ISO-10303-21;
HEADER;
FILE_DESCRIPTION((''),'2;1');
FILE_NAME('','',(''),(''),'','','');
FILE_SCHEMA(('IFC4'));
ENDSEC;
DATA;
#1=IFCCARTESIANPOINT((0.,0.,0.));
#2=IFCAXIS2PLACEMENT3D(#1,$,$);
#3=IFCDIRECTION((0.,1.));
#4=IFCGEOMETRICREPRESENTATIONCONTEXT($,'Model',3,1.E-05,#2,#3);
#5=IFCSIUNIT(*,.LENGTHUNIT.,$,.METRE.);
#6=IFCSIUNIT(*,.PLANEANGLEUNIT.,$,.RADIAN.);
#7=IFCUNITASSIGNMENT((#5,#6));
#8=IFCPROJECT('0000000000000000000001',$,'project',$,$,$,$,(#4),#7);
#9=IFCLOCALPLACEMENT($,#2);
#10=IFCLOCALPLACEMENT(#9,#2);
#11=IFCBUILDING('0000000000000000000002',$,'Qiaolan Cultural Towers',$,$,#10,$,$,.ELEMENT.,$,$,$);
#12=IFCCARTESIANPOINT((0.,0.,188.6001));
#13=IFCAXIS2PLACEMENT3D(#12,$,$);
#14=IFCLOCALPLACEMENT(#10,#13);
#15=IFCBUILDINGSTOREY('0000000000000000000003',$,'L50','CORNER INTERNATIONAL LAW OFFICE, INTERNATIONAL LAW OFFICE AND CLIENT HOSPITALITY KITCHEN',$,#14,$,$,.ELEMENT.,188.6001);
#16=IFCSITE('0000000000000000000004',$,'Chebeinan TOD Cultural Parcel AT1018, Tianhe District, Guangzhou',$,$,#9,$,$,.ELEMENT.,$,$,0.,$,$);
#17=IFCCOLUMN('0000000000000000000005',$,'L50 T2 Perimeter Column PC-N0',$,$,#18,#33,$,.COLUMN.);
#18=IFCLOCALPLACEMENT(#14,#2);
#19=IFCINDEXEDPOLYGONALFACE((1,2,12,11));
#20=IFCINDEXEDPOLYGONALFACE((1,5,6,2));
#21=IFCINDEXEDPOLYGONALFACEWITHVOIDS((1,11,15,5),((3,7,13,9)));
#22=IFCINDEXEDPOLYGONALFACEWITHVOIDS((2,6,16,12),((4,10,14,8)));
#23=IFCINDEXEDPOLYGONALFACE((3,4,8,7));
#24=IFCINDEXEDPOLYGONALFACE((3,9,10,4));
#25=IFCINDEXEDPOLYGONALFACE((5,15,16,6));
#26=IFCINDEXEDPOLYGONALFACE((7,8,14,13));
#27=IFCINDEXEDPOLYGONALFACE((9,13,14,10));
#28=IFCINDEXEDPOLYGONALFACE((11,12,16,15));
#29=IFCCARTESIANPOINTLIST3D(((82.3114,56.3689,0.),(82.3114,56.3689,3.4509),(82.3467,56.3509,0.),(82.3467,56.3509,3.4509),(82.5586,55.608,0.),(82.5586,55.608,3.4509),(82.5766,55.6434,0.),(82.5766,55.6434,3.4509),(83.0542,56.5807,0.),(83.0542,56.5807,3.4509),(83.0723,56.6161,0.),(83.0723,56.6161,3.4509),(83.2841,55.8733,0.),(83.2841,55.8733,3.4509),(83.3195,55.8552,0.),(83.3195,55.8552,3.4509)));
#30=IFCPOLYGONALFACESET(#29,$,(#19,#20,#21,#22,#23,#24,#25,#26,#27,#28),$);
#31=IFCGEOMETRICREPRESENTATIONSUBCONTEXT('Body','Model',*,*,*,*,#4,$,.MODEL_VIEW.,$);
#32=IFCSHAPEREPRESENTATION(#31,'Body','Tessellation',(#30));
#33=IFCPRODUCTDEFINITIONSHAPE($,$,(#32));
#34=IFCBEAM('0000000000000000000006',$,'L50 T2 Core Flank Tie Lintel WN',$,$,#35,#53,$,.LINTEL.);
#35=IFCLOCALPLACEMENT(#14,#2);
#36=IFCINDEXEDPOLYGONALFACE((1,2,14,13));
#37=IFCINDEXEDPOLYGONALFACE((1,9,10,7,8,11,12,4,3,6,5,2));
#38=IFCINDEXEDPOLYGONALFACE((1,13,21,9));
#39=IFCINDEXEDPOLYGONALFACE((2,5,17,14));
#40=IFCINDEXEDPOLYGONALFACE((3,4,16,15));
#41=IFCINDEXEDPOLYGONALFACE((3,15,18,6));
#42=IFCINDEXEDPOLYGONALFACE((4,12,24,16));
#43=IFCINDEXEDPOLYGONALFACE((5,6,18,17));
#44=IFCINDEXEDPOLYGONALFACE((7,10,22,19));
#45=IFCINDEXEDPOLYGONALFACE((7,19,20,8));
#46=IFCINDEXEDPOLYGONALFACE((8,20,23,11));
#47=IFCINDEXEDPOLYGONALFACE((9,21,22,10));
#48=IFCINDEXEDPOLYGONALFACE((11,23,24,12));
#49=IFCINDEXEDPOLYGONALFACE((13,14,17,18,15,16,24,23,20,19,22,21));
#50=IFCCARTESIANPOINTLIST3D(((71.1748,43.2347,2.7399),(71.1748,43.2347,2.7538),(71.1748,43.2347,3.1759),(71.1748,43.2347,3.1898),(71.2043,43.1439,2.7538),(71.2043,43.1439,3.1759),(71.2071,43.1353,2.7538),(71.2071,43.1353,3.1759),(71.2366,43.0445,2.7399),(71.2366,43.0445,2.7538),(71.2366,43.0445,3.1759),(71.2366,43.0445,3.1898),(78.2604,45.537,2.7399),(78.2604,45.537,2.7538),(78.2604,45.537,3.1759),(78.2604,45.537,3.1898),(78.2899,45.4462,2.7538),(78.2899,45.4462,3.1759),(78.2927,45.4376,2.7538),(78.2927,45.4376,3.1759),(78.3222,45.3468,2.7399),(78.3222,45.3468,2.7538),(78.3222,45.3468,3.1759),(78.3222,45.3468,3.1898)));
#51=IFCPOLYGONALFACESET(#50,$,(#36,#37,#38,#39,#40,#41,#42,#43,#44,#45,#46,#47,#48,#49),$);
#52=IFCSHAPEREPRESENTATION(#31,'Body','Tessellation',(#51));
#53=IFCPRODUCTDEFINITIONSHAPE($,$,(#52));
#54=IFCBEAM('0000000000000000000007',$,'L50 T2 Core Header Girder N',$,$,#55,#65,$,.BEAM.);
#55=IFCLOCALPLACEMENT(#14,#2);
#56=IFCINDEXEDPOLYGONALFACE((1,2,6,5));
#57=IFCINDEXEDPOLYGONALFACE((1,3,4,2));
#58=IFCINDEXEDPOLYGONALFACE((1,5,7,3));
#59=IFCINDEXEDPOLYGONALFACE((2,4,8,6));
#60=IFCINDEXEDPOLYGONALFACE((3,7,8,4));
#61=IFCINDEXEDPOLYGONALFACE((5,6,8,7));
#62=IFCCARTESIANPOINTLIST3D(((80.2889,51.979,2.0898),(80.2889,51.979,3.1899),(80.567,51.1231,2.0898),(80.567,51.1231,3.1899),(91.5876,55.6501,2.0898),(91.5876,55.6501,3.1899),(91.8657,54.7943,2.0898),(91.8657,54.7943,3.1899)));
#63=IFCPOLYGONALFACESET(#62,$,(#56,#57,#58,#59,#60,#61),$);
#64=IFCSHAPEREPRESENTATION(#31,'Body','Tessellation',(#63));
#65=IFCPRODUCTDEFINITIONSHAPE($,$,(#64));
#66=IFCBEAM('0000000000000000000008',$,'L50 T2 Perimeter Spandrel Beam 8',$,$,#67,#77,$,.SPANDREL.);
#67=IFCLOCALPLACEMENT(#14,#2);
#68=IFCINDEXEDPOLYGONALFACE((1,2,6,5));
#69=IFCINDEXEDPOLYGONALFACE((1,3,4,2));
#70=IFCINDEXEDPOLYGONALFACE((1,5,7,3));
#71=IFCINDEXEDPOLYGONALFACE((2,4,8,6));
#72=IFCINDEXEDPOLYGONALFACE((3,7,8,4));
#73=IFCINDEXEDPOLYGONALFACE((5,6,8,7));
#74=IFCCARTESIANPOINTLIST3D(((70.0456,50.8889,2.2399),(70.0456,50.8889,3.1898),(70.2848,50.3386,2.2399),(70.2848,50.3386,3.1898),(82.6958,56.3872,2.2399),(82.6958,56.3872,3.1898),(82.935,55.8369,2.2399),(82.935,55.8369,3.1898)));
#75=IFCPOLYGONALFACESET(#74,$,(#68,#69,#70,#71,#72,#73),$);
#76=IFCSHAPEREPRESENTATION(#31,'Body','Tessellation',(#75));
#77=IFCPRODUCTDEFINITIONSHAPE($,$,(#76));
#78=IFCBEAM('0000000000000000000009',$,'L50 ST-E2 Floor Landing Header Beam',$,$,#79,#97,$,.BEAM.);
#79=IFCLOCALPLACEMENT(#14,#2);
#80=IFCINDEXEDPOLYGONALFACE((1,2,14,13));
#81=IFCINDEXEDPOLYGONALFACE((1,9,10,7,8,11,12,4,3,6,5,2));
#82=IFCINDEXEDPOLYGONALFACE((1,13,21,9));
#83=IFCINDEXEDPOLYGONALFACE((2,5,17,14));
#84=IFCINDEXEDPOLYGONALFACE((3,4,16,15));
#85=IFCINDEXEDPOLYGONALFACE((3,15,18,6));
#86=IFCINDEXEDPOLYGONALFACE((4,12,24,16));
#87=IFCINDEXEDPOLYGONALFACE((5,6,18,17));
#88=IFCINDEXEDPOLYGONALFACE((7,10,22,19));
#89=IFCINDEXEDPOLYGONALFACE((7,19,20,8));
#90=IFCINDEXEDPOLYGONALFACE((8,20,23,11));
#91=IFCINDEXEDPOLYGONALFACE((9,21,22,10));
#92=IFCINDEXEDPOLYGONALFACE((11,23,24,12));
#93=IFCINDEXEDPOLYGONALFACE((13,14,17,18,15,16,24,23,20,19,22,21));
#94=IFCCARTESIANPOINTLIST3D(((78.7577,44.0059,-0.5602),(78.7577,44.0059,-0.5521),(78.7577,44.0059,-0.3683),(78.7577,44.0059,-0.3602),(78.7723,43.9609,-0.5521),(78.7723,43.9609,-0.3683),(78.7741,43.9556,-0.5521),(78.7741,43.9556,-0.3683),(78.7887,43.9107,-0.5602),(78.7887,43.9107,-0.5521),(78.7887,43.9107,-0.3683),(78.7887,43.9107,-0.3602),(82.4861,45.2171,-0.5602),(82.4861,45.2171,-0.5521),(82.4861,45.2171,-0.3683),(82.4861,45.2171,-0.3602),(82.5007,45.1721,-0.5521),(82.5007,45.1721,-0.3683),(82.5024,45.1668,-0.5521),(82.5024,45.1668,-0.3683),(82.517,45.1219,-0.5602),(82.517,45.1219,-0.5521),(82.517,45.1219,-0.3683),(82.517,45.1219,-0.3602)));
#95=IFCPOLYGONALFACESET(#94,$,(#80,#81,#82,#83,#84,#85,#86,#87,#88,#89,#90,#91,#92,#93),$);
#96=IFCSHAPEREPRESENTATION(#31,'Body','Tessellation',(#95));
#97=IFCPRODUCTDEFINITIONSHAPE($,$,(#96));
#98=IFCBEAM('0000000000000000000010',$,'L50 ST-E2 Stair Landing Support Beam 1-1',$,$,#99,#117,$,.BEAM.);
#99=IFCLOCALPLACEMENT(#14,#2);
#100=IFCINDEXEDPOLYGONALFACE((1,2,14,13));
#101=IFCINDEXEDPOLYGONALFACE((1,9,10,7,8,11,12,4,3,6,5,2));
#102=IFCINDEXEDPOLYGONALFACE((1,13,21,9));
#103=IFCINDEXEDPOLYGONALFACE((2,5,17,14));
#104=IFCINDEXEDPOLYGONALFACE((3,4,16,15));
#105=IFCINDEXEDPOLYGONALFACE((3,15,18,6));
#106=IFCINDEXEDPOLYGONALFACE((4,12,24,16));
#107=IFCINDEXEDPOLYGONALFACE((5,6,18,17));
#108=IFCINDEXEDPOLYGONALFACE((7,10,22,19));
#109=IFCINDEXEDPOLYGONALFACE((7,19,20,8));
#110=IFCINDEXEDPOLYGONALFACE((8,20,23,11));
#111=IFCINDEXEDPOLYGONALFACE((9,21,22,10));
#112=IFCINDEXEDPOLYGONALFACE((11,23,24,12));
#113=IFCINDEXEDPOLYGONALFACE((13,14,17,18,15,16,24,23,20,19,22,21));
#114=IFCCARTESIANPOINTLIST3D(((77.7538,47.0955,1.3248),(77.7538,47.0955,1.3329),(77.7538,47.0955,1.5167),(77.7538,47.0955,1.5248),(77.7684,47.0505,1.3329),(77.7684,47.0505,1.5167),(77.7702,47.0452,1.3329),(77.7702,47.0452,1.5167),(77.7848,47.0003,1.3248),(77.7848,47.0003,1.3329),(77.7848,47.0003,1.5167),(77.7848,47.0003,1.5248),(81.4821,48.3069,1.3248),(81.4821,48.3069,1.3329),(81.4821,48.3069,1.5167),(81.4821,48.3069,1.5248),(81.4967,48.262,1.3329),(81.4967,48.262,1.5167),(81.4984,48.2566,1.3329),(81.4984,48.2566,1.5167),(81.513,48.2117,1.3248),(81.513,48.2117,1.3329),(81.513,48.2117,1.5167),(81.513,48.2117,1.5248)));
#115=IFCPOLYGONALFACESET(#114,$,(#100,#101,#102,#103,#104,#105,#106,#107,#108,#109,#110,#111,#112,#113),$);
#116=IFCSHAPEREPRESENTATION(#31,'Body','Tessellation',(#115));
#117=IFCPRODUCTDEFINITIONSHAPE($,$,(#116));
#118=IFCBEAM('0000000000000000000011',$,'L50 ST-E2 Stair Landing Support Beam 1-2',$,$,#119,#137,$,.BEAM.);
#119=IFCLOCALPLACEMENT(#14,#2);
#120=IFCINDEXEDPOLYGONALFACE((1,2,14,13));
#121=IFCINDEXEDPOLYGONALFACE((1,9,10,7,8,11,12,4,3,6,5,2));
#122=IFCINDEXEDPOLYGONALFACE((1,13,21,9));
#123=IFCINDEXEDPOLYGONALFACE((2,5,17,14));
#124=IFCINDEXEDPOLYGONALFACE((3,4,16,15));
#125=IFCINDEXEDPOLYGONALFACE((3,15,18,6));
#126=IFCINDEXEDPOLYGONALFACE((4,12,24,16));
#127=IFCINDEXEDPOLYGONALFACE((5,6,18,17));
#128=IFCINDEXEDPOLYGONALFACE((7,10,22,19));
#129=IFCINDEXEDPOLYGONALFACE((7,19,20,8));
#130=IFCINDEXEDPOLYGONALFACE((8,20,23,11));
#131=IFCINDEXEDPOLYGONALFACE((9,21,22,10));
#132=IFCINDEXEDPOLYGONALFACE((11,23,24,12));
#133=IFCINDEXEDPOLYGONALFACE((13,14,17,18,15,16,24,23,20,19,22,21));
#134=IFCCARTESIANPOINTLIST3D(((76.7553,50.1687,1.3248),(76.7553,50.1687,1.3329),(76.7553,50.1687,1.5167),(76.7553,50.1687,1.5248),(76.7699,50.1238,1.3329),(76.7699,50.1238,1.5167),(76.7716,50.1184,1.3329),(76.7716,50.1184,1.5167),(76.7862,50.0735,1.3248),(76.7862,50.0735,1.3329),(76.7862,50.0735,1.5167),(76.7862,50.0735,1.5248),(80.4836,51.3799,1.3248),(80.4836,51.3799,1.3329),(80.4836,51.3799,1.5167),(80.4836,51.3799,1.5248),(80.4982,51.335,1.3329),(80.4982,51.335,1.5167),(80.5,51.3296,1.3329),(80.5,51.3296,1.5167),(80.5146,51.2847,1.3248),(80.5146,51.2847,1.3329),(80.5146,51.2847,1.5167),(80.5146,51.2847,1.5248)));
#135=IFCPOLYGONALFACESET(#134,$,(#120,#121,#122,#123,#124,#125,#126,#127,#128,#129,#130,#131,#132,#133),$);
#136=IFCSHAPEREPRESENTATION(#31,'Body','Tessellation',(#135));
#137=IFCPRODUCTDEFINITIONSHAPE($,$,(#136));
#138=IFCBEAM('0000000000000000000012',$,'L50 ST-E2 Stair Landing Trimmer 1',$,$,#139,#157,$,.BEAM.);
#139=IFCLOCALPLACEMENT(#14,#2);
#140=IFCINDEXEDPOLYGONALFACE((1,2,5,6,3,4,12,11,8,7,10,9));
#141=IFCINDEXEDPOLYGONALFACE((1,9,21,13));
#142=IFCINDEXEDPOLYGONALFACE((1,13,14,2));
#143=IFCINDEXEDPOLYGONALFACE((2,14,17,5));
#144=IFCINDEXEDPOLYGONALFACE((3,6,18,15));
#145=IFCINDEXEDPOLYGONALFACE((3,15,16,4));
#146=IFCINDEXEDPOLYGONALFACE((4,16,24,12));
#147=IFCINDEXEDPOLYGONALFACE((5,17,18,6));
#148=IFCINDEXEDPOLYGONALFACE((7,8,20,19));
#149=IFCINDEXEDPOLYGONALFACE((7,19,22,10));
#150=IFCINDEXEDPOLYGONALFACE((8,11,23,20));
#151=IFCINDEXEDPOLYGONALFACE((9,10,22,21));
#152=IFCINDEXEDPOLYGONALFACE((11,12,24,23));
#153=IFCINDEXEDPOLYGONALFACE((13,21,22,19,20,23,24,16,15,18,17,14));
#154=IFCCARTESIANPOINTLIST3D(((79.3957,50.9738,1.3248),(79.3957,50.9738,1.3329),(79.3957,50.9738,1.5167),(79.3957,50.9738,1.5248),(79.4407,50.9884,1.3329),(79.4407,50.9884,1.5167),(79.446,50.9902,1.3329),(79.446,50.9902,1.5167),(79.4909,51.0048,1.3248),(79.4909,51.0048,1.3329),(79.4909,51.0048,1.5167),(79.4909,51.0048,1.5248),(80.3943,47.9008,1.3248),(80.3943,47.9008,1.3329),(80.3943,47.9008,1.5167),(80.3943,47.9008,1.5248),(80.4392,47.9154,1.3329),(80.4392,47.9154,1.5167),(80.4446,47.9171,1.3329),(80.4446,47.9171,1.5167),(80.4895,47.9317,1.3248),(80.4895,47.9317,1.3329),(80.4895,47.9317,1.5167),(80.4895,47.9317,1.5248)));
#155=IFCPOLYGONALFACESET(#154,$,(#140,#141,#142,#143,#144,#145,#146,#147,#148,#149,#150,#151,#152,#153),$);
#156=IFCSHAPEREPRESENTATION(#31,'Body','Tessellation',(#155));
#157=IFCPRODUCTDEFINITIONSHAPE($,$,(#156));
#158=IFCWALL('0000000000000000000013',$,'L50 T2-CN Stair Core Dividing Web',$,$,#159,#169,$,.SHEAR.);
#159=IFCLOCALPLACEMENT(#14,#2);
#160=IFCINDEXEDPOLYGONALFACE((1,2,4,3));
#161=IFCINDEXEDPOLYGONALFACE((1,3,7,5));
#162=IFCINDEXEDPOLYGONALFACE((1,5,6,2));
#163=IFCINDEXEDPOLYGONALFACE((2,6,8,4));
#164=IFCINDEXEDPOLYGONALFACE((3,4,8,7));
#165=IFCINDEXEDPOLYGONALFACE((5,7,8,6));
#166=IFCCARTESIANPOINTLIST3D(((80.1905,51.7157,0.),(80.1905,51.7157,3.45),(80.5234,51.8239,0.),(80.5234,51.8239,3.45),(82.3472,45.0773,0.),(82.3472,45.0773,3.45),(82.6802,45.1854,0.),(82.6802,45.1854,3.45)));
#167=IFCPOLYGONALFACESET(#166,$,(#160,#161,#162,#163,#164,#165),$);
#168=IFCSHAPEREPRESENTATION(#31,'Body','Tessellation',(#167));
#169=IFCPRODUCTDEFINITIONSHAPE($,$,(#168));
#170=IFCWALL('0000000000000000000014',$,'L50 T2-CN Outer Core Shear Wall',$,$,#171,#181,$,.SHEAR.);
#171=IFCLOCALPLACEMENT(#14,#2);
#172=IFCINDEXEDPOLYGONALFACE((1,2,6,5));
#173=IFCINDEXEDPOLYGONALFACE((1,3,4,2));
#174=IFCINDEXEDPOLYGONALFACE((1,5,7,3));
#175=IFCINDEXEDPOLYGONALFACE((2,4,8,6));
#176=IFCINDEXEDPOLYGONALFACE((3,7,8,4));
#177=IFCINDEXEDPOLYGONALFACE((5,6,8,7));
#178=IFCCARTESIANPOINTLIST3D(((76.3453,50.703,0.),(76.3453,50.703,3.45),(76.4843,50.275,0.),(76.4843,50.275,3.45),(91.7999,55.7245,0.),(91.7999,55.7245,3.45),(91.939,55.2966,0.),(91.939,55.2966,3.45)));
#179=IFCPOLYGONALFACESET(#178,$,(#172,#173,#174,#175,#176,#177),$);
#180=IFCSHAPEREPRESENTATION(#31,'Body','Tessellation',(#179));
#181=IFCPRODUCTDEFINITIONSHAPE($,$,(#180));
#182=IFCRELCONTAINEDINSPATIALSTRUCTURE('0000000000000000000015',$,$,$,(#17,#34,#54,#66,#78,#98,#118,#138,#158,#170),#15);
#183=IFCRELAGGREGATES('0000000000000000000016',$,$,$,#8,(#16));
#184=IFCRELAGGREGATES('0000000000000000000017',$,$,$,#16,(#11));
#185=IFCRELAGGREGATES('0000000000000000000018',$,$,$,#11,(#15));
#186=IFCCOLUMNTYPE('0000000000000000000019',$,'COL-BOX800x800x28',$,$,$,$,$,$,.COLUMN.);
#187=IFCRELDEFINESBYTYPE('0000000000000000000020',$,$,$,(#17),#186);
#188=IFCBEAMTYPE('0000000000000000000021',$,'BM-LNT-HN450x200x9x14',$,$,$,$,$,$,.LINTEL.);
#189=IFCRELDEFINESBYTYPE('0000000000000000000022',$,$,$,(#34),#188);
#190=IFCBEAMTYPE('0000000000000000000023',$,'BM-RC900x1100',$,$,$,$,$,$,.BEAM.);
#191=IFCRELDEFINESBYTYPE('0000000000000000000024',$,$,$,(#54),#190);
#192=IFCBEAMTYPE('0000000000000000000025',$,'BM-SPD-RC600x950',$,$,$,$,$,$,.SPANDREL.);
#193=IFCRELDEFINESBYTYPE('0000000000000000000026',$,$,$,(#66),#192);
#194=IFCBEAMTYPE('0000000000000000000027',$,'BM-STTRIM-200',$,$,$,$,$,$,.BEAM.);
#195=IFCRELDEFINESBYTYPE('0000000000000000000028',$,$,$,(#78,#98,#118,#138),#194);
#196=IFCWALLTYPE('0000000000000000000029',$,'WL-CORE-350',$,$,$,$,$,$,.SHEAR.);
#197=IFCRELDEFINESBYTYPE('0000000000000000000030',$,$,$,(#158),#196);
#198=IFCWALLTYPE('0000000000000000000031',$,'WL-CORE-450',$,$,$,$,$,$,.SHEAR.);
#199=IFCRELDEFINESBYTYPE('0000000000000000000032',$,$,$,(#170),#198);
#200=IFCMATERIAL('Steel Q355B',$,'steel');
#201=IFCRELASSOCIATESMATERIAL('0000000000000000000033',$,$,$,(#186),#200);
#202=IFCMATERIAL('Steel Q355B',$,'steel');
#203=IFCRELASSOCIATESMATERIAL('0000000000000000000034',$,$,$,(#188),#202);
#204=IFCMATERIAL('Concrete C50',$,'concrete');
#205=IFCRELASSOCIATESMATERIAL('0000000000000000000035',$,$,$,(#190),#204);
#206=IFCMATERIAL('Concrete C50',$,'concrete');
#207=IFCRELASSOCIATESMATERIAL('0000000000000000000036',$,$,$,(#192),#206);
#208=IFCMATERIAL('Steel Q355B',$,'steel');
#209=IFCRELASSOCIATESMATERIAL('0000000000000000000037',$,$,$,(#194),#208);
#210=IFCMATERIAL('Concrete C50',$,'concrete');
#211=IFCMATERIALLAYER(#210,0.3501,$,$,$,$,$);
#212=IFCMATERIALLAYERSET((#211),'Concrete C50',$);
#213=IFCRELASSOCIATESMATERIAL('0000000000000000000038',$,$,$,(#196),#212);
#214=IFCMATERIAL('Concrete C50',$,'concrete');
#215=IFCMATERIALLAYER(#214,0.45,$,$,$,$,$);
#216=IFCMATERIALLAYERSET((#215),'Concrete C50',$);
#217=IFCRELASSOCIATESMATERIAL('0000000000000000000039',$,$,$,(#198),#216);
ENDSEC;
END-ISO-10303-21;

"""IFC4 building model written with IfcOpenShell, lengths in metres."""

from ifc_helpers import new_model, si_unit, direction, frame, frame_2d, origin, origin_2d, place, context, subcontext, project, spatial, rectangle, hollow_rectangle, i_section, extrude, material, layer, layer_set, material_profile, profile_set, type_object, element, save


model = new_model("IFC4")

# Units and contexts
model_context = context("Model", 3, precision=1e-05, world=origin(), true_north=direction((0.0, 1.0)))
body_context = subcontext(model_context, "Body", "Model", "MODEL_VIEW")
ifc_project = project(units=[si_unit("LENGTHUNIT", "METRE"), si_unit("PLANEANGLEUNIT", "RADIAN")], contexts=[model_context])

# Site, building, storey
site_placement = place(None, origin())
site = spatial("IfcSite", under=ifc_project, at=site_placement, Name="Chebeinan TOD Cultural Parcel AT1018, Tianhe District, Guangzhou", CompositionType="ELEMENT", RefElevation=0.0)
building_placement = place(site_placement, origin())
building = spatial("IfcBuilding", under=site, at=building_placement, Name="Qiaolan Cultural Towers", CompositionType="ELEMENT")
storey_placement = place(building_placement, frame((0.0, 0.0, 188.6001)))
storey = spatial("IfcBuildingStorey", under=building, at=storey_placement, Name="L50", Description="CORNER INTERNATIONAL LAW OFFICE, INTERNATIONAL LAW OFFICE AND CLIENT HOSPITALITY KITCHEN", CompositionType="ELEMENT", Elevation=188.6001)

# Column
ifc_material_1 = material(Name="Steel Q355B", Category="steel")
ifc_material_profile_1 = material_profile(ifc_material_1, hollow_rectangle(XDim=0.8, YDim=0.8, WallThickness=0.0281, at=origin_2d()), Name="BOX800x800x28")
ifc_profile_set_1 = profile_set([ifc_material_profile_1], Name="Steel Q355B")
column_type = type_object("IfcColumnType", Name="COL-BOX800x800x28", PredefinedType="COLUMN", material=ifc_profile_set_1)
column_placement = place(storey_placement, frame((82.8154, 56.1121, 0.0), z_axis=(0.0, 0.0, 1.0), x_axis=(0.951057, 0.309017, 0.0)))
element("IfcColumn", 1, at=column_placement, inside=storey, type_object=column_type, Name="L50 T2 Perimeter Column PC-N0", PredefinedType="COLUMN", context=body_context, shape_type="SweptSolid", body=[
    extrude(hollow_rectangle(XDim=0.8, YDim=0.8, WallThickness=0.0281, at=origin_2d()), origin(), (0.0, 0.0, 1.0), 3.4509),
])

# Beams
ifc_material_2 = material(Name="Steel Q355B", Category="steel")
ifc_material_profile_2 = material_profile(ifc_material_2, i_section(OverallWidth=0.2, OverallDepth=0.45, WebThickness=0.009, FlangeThickness=0.0139, at=origin_2d()), Name="HN450x200x9x14")
ifc_profile_set_2 = profile_set([ifc_material_profile_2], Name="Steel Q355B")
beam_type_1 = type_object("IfcBeamType", Name="BM-LNT-HN450x200x9x14", PredefinedType="LINTEL", material=ifc_profile_set_2)
beam_1_placement = place(storey_placement, frame((78.2913, 45.4419, 2.9648), z_axis=(-0.951055, -0.309022, 0.0), x_axis=(0.309022, -0.951055, 0.0)))
element("IfcBeam", 2, at=beam_1_placement, inside=storey, type_object=beam_type_1, Name="L50 T2 Core Flank Tie Lintel WN", PredefinedType="LINTEL", context=body_context, shape_type="SweptSolid", body=[
    extrude(i_section(OverallWidth=0.2, OverallDepth=0.45, WebThickness=0.009, FlangeThickness=0.0139, at=origin_2d()), origin(), (0.0, 0.0, 1.0), 7.4502),
])
ifc_material_3 = material(Name="Concrete C50", Category="concrete")
ifc_material_profile_3 = material_profile(ifc_material_3, rectangle(XDim=0.8999, YDim=1.1001, at=origin_2d()), Name="RC900x1100")
ifc_profile_set_3 = profile_set([ifc_material_profile_3], Name="Concrete C50")
beam_type_2 = type_object("IfcBeamType", Name="BM-RC900x1100", PredefinedType="BEAM", material=ifc_profile_set_3)
beam_2_placement = place(storey_placement, frame((80.428, 51.551, 2.6399), z_axis=(0.951056, 0.309018, 0.0), x_axis=(-0.309018, 0.951056, 0.0)))
element("IfcBeam", 3, at=beam_2_placement, inside=storey, type_object=beam_type_2, Name="L50 T2 Core Header Girder N", PredefinedType="BEAM", context=body_context, shape_type="SweptSolid", body=[
    extrude(rectangle(XDim=0.8999, YDim=1.1001, at=origin_2d()), origin(), (0.0, 0.0, 1.0), 11.8801),
])
ifc_material_4 = material(Name="Concrete C50", Category="concrete")
ifc_material_profile_4 = material_profile(ifc_material_4, rectangle(XDim=0.6001, YDim=0.95, at=origin_2d()), Name="RC600x950")
ifc_profile_set_4 = profile_set([ifc_material_profile_4], Name="Concrete C50")
beam_type_3 = type_object("IfcBeamType", Name="BM-SPD-RC600x950", PredefinedType="SPANDREL", material=ifc_profile_set_4)
beam_3_placement = place(storey_placement, frame((82.8154, 56.1121, 2.7148), z_axis=(-0.917117, -0.398618, 0.0), x_axis=(0.398618, -0.917117, 0.0)))
element("IfcBeam", 4, at=beam_3_placement, inside=storey, type_object=beam_type_3, Name="L50 T2 Perimeter Spandrel Beam 8", PredefinedType="SPANDREL", context=body_context, shape_type="SweptSolid", body=[
    extrude(rectangle(XDim=0.6001, YDim=0.95, at=origin_2d()), origin(), (0.0, 0.0, 1.0), 13.7935),
])
ifc_material_5 = material(Name="Steel Q355B", Category="steel")
ifc_material_profile_5 = material_profile(ifc_material_5, i_section(OverallWidth=0.1001, OverallDepth=0.2, WebThickness=0.0056, FlangeThickness=0.0081, at=origin_2d()), Name="HN200x100x5.5x8")
ifc_profile_set_5 = profile_set([ifc_material_profile_5], Name="Steel Q355B")
beam_type_4 = type_object("IfcBeamType", Name="BM-STTRIM-200", PredefinedType="BEAM", material=ifc_profile_set_5)
for number, where, z_axis, x_axis, name in (
    (5, (78.7732, 43.9583, -0.4602), (0.951072, 0.308969, 0.0), (-0.308969, 0.951072, 0.0), "L50 ST-E2 Floor Landing Header Beam"),
    (6, (77.7693, 47.0479, 1.4248), (0.951054, 0.309026, 0.0), (-0.309026, 0.951054, 0.0), "L50 ST-E2 Stair Landing Support Beam 1-1"),
    (7, (76.7708, 50.1211, 1.4248), (0.951072, 0.308969, 0.0), (-0.308969, 0.951072, 0.0), "L50 ST-E2 Stair Landing Support Beam 1-2"),
):
    element("IfcBeam", number, at=place(storey_placement, frame(where, z_axis=z_axis, x_axis=x_axis)), inside=storey, type_object=beam_type_4, Name=name, PredefinedType="BEAM", context=body_context, shape_type="SweptSolid", body=[
        extrude(i_section(OverallWidth=0.1001, OverallDepth=0.2, WebThickness=0.0056, FlangeThickness=0.0081, at=origin_2d()), origin(), (0.0, 0.0, 1.0), 3.9202),
    ])
beam_4_placement = place(storey_placement, frame((80.4419, 47.9163, 1.4248), z_axis=(-0.309033, 0.951051, 0.0), x_axis=(-0.951051, -0.309033, 0.0)))
element("IfcBeam", 8, at=beam_4_placement, inside=storey, type_object=beam_type_4, Name="L50 ST-E2 Stair Landing Trimmer 1", PredefinedType="BEAM", context=body_context, shape_type="SweptSolid", body=[
    extrude(i_section(OverallWidth=0.1001, OverallDepth=0.2, WebThickness=0.0056, FlangeThickness=0.0081, at=origin_2d()), origin(), (0.0, 0.0, 1.0), 3.2312),
])

# Walls
ifc_material_6 = material(Name="Concrete C50", Category="concrete")
ifc_layer_1 = layer(ifc_material_6, 0.3501)
ifc_layer_set_1 = layer_set([ifc_layer_1], Name="Concrete C50")
wall_type_1 = type_object("IfcWallType", Name="WL-CORE-350", PredefinedType="SHEAR", material=ifc_layer_set_1)
wall_1_placement = place(storey_placement, frame((82.5137, 45.1313, 0.0), z_axis=(0.0, 0.0, 1.0), x_axis=(-0.308989, 0.951066, 0.0)))
element("IfcWall", 9, at=wall_1_placement, inside=storey, type_object=wall_type_1, Name="L50 T2-CN Stair Core Dividing Web", PredefinedType="SHEAR", context=body_context, shape_type="SweptSolid", body=[
    extrude(rectangle(XDim=6.98, YDim=0.3501, at=frame_2d((3.49, 0.0))), origin(), (0.0, 0.0, 1.0), 3.45),
])
ifc_material_7 = material(Name="Concrete C50", Category="concrete")
ifc_layer_2 = layer(ifc_material_7, 0.45)
ifc_layer_set_2 = layer_set([ifc_layer_2], Name="Concrete C50")
wall_type_2 = type_object("IfcWallType", Name="WL-CORE-450", PredefinedType="SHEAR", material=ifc_layer_set_2)
wall_2_placement = place(storey_placement, frame((76.4148, 50.489, 0.0), z_axis=(0.0, 0.0, 1.0), x_axis=(0.951057, 0.309016, 0.0)))
element("IfcWall", 10, at=wall_2_placement, inside=storey, type_object=wall_type_2, Name="L50 T2-CN Outer Core Shear Wall", PredefinedType="SHEAR", context=body_context, shape_type="SweptSolid", body=[
    extrude(rectangle(XDim=16.25, YDim=0.45, at=frame_2d((8.125, 0.0))), origin(), (0.0, 0.0, 1.0), 3.45),
])

save(model, "model.ifc")
